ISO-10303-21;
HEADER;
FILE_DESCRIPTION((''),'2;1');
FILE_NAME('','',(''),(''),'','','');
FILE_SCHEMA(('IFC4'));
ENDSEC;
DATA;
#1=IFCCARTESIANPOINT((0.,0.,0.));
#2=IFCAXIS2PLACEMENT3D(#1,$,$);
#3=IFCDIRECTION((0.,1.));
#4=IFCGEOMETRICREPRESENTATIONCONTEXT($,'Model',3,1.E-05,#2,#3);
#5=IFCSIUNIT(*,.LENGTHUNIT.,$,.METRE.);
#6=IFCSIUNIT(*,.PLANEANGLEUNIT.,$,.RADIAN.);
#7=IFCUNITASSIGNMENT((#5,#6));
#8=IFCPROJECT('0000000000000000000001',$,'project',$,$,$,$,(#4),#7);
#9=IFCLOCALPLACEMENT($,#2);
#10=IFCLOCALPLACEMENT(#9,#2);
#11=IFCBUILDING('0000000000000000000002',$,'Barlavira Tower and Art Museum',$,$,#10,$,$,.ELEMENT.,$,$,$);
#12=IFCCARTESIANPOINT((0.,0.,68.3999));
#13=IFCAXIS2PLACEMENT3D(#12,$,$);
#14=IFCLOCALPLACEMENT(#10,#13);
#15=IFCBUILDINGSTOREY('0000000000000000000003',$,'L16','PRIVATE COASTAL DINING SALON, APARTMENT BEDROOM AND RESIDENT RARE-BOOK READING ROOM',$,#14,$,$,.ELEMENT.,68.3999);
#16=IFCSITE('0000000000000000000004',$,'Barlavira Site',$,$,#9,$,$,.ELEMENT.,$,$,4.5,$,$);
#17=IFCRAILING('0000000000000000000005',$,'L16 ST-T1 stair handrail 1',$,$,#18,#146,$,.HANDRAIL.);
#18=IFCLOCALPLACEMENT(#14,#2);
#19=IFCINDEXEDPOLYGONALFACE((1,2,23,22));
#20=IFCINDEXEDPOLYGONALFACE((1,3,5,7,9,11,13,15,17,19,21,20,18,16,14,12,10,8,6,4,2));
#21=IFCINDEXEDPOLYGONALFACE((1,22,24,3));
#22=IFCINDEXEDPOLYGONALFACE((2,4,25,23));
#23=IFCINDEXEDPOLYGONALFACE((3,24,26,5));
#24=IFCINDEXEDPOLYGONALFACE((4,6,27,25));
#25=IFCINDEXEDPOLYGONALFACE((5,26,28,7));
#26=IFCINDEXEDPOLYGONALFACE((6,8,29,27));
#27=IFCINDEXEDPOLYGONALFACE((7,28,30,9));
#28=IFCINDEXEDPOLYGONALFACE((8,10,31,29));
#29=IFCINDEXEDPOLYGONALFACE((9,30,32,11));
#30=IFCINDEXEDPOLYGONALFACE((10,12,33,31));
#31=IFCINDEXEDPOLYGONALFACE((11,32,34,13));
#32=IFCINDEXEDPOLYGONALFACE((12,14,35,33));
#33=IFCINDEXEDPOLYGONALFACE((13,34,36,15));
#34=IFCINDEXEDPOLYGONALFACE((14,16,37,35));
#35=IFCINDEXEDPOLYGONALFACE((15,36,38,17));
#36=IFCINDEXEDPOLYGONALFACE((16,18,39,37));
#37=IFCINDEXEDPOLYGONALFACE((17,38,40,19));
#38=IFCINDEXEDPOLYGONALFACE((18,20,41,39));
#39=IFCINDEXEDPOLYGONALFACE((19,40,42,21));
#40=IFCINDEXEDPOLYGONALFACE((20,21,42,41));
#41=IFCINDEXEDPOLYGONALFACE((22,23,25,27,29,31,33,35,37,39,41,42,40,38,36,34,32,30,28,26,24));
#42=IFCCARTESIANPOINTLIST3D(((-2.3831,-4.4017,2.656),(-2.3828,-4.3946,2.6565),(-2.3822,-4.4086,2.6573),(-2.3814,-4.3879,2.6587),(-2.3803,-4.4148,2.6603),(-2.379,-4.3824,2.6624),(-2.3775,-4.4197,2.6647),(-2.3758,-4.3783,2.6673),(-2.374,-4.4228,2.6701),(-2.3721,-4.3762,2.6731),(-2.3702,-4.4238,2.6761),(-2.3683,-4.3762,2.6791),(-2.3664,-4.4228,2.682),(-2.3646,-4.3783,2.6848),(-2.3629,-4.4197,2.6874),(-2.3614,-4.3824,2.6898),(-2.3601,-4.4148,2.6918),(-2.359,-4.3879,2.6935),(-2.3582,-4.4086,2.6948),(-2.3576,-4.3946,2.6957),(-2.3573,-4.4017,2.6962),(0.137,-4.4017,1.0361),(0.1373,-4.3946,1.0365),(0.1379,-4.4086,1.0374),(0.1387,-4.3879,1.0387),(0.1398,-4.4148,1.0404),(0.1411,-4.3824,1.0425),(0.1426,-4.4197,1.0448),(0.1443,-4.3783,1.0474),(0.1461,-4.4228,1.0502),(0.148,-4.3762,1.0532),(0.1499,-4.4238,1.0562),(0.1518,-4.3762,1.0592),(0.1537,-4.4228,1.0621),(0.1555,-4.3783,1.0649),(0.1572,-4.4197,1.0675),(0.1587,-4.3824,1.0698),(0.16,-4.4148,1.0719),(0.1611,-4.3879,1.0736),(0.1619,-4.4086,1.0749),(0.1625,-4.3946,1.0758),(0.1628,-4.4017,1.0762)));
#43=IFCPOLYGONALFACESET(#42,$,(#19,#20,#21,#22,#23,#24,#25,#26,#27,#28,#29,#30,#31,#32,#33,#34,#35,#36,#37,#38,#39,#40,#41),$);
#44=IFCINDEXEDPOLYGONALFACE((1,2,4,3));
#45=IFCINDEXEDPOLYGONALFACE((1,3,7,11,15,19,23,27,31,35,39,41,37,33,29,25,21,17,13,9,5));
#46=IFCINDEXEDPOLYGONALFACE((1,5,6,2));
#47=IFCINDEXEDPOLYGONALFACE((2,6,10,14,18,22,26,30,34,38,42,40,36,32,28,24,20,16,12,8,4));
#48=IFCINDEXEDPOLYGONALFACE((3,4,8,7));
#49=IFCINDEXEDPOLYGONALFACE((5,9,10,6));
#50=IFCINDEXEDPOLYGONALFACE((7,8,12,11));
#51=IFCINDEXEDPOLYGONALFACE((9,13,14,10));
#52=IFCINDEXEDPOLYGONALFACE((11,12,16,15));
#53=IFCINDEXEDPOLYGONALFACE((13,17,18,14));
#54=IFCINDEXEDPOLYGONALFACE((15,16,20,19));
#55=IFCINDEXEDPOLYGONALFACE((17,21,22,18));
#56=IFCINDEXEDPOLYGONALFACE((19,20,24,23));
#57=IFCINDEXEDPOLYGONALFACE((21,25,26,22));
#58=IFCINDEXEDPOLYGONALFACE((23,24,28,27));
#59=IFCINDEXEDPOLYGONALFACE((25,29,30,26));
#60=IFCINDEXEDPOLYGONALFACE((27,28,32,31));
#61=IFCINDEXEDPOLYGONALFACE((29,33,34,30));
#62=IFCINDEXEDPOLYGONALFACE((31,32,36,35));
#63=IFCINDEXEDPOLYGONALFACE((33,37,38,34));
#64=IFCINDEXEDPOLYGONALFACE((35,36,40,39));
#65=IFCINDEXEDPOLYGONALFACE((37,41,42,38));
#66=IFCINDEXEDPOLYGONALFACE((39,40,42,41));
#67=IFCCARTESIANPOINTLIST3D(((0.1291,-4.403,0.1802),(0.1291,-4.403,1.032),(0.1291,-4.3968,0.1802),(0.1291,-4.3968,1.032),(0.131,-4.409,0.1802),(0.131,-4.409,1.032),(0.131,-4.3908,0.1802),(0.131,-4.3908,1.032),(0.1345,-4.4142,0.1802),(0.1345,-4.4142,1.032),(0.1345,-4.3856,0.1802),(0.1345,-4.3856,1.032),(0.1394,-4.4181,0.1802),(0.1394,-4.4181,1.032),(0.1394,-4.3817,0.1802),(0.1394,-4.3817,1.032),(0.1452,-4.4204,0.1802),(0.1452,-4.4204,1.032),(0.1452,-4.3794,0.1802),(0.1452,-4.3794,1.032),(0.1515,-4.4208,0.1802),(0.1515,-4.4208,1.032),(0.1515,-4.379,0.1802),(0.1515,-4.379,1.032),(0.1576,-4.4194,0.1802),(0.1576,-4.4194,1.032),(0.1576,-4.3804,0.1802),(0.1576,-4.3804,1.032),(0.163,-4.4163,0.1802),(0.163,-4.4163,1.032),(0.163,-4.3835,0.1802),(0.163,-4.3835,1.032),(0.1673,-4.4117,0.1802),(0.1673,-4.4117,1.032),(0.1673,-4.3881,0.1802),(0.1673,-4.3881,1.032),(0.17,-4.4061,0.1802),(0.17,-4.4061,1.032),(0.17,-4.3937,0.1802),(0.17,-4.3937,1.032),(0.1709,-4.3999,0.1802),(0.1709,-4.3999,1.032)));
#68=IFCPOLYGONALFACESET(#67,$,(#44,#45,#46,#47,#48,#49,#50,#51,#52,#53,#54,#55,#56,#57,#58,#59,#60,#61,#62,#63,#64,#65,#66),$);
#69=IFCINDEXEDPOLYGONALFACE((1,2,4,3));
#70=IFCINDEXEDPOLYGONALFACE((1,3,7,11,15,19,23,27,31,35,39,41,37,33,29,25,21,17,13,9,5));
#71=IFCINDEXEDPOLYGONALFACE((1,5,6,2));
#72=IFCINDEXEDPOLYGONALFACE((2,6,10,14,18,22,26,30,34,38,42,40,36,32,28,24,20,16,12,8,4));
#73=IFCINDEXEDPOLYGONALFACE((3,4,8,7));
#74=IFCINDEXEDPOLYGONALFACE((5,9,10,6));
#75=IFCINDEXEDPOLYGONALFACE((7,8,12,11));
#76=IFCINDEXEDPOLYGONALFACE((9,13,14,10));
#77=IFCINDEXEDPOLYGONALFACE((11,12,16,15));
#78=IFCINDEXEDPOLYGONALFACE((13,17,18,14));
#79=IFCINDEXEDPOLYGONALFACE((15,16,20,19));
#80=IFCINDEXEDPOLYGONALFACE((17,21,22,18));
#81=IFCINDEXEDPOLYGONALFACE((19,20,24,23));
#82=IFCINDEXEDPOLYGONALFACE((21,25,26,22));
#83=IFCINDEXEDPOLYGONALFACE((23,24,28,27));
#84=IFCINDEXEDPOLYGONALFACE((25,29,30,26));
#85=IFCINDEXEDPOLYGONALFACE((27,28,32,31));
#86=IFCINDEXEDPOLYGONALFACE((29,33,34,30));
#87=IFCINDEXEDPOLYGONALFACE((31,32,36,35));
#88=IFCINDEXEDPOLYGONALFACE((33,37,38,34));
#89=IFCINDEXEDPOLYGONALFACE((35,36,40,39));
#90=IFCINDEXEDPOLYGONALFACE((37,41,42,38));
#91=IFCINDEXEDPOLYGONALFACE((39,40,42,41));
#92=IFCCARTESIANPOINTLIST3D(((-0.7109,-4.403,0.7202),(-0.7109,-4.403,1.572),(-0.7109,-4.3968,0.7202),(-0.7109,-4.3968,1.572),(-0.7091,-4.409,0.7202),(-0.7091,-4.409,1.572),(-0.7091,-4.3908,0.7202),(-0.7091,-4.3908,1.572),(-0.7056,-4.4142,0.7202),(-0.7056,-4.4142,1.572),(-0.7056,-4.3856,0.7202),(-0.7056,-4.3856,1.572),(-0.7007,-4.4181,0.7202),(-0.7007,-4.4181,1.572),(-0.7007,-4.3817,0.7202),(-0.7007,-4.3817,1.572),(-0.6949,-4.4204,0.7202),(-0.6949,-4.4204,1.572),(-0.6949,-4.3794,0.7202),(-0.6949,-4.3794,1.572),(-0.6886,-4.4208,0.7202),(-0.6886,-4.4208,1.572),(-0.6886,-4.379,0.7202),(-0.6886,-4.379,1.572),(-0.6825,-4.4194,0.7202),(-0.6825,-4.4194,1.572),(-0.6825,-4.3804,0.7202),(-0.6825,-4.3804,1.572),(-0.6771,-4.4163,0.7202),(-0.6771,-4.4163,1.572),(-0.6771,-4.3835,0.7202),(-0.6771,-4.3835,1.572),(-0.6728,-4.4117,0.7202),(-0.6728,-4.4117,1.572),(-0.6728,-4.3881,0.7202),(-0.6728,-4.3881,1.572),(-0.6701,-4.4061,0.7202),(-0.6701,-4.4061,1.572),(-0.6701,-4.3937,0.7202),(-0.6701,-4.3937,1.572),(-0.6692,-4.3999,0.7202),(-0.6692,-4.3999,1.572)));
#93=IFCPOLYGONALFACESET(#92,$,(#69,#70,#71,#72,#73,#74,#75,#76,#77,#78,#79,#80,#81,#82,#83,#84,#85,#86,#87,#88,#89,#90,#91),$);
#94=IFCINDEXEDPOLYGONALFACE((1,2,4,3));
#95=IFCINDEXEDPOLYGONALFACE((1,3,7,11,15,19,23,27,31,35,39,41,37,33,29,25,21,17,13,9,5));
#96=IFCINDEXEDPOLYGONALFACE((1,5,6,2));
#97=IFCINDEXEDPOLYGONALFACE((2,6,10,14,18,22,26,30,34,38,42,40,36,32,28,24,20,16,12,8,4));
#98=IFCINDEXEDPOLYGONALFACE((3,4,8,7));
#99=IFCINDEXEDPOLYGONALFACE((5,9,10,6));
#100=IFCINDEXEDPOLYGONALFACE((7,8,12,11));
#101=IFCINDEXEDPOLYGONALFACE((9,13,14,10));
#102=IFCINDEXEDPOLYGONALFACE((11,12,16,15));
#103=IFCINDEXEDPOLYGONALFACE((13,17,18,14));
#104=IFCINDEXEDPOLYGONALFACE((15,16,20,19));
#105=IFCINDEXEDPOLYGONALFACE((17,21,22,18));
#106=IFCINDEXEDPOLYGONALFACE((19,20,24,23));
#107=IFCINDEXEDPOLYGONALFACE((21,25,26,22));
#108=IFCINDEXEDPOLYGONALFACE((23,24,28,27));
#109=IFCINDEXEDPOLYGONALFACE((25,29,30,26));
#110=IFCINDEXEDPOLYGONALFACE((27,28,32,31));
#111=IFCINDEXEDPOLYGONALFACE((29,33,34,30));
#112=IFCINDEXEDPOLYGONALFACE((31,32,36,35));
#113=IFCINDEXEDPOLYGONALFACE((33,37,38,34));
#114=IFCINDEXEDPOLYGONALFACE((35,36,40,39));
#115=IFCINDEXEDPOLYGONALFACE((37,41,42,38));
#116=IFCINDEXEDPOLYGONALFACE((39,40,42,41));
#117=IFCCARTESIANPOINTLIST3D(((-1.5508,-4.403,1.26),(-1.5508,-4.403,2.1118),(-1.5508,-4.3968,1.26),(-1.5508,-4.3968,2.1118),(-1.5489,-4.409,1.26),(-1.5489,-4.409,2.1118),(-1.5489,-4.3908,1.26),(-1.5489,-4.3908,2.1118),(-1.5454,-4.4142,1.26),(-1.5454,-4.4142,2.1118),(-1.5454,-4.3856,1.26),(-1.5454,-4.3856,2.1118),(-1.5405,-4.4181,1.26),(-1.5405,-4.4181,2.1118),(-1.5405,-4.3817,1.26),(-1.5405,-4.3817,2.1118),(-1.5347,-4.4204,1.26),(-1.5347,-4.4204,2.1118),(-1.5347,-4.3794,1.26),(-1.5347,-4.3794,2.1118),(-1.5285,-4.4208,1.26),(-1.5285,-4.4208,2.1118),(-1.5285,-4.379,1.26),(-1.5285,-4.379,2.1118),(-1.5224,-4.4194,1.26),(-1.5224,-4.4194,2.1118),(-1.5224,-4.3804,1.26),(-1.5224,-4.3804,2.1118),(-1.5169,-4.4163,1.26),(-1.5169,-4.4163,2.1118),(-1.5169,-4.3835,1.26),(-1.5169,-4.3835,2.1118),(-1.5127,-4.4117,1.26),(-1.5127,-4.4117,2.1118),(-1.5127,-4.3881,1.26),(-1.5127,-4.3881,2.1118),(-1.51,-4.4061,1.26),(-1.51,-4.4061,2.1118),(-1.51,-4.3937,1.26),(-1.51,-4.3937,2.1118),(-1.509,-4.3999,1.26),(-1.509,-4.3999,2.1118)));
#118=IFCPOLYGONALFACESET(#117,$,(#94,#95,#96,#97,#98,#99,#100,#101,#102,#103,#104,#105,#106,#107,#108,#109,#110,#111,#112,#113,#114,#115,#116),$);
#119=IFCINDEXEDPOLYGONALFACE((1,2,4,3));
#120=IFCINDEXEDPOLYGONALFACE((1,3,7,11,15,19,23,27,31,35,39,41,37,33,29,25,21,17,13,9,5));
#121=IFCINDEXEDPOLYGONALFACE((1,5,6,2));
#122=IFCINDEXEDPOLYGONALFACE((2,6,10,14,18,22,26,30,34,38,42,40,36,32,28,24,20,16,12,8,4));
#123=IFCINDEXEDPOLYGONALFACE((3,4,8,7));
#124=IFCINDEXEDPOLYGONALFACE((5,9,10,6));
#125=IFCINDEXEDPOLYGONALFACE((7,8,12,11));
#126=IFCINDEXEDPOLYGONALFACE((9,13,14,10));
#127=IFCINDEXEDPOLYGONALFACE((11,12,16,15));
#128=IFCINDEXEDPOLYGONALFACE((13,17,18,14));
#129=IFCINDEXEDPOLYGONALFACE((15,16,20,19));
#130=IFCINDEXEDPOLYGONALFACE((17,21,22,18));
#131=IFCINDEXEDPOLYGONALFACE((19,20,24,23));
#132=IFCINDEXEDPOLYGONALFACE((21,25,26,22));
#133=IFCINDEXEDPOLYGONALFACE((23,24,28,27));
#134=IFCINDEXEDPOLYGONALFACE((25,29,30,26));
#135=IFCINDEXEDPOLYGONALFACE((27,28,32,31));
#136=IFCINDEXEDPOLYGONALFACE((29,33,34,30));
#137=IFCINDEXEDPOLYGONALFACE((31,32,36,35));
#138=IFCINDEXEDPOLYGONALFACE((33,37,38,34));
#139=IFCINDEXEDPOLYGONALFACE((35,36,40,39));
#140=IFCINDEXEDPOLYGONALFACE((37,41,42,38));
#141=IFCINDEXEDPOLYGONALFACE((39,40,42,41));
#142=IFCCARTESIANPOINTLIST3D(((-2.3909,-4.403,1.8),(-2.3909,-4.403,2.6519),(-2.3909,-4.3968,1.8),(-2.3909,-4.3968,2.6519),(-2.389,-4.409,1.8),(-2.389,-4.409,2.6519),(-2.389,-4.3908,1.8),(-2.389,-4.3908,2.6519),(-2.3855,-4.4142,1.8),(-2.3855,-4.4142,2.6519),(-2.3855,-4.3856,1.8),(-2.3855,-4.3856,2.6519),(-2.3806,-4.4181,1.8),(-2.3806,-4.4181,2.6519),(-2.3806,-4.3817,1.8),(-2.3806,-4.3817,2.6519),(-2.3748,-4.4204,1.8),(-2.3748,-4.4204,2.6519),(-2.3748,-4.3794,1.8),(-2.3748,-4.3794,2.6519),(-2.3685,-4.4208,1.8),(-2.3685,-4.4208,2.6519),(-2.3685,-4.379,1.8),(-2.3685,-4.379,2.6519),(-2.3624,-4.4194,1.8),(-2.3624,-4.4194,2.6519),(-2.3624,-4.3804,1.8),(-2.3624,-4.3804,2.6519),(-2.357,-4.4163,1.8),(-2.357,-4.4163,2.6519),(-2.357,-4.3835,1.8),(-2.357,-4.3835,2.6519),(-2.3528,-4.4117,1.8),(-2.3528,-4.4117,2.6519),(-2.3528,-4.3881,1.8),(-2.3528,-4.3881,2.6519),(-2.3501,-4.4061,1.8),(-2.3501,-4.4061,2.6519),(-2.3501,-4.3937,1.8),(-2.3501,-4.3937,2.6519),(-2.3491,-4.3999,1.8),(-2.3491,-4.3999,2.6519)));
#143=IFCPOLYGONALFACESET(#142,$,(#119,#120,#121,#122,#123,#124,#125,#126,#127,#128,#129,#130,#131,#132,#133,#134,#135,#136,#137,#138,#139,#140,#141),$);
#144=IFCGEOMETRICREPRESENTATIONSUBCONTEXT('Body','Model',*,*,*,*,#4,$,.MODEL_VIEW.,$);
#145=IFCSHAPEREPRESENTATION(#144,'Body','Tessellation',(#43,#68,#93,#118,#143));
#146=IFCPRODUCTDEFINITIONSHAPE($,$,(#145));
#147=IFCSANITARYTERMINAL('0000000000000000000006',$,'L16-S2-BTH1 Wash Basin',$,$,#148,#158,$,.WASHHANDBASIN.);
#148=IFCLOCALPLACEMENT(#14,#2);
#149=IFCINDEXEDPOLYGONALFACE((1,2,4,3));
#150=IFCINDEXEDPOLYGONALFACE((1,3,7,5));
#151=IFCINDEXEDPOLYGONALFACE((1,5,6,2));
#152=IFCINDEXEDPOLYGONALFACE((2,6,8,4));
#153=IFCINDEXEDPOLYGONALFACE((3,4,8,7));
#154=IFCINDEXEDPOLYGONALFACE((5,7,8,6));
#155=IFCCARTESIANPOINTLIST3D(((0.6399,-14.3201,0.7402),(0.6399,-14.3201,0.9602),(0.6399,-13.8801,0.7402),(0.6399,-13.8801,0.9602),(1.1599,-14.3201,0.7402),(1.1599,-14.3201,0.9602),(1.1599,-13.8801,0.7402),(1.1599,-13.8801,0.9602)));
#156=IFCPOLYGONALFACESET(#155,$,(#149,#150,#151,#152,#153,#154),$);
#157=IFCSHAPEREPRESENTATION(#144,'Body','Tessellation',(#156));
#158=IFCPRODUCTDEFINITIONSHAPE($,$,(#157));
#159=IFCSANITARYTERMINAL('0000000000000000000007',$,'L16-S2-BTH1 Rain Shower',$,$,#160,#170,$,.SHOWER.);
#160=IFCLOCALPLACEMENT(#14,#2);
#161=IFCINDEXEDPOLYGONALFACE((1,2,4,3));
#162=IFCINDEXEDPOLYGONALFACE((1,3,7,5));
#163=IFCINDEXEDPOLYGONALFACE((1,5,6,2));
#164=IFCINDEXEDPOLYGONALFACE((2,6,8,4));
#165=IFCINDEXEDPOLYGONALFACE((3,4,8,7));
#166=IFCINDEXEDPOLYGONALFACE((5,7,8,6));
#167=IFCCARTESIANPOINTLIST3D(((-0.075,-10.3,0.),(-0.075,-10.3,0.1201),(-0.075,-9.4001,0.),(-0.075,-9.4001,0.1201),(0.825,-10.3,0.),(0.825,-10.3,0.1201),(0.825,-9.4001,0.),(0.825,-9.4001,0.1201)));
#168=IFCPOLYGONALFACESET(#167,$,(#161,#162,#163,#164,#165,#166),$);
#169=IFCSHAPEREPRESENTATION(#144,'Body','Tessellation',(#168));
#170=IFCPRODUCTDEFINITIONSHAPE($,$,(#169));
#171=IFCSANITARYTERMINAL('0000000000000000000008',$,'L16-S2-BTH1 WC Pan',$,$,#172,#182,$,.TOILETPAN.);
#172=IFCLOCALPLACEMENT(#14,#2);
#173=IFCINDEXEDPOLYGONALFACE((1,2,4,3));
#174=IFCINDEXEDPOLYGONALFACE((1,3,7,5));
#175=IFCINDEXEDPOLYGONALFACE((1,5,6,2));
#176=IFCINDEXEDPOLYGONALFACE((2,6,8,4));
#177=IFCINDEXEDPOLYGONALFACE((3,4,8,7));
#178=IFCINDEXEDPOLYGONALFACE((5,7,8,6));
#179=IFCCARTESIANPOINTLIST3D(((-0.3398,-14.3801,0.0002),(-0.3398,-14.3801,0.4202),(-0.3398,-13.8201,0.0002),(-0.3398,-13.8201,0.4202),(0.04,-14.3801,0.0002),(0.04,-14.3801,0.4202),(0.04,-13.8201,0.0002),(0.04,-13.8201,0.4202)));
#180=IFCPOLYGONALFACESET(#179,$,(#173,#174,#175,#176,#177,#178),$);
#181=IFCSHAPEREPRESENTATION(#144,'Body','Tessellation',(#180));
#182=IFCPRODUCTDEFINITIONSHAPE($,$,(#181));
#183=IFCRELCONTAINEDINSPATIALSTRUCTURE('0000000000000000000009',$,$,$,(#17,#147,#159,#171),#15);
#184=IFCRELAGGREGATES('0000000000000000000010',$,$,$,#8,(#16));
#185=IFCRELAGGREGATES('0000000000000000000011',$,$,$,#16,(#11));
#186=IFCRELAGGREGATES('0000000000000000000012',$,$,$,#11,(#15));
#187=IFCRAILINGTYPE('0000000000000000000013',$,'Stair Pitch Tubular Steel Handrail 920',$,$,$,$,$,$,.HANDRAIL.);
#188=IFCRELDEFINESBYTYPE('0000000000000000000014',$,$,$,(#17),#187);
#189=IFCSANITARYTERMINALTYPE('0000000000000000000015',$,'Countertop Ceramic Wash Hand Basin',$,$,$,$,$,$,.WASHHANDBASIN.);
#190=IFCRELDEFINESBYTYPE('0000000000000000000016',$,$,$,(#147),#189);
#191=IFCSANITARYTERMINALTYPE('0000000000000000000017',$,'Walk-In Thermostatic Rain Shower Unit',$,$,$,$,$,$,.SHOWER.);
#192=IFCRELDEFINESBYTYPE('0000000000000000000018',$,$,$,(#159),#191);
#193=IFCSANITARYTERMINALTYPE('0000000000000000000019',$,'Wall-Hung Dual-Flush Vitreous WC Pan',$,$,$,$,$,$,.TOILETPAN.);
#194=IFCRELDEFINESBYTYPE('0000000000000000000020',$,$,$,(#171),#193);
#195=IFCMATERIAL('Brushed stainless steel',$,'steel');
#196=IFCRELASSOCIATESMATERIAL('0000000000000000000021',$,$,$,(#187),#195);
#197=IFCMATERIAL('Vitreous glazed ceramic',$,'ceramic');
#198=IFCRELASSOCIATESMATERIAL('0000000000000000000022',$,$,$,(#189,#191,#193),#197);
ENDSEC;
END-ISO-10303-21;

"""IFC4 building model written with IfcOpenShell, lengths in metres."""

from ifc_helpers import new_model, si_unit, direction, frame, origin, origin_2d, place, context, subcontext, project, spatial, rectangle, circle, extrude, material, type_object, element, save


model = new_model("IFC4")

# Units and contexts
model_context = context("Model", 3, precision=1e-05, world=origin(), true_north=direction((0.0, 1.0)))
body_context = subcontext(model_context, "Body", "Model", "MODEL_VIEW")
ifc_project = project(units=[si_unit("LENGTHUNIT", "METRE"), si_unit("PLANEANGLEUNIT", "RADIAN")], contexts=[model_context])

# Site, building, storey
site_placement = place(None, origin())
site = spatial("IfcSite", under=ifc_project, at=site_placement, Name="Barlavira Site", CompositionType="ELEMENT", RefElevation=4.5)
building_placement = place(site_placement, origin())
building = spatial("IfcBuilding", under=site, at=building_placement, Name="Barlavira Tower and Art Museum", CompositionType="ELEMENT")
storey_placement = place(building_placement, frame((0.0, 0.0, 68.3999)))
storey = spatial("IfcBuildingStorey", under=building, at=storey_placement, Name="L16", Description="PRIVATE COASTAL DINING SALON, APARTMENT BEDROOM AND RESIDENT RARE-BOOK READING ROOM", CompositionType="ELEMENT", Elevation=68.3999)

# Shared definitions
ifc_material_1 = material(Name="Brushed stainless steel", Category="steel")

# Railing
railing_type_1 = type_object("IfcRailingType", Name="Stair Pitch Tubular Steel Handrail 920", PredefinedType="HANDRAIL", material=ifc_material_1)
railing_1_placement = place(storey_placement, frame((0.1499, -4.3999, 0.1802)))
element("IfcRailing", 1, at=railing_1_placement, inside=storey, type_object=railing_type_1, Name="L16 ST-T1 stair handrail 1", PredefinedType="HANDRAIL", context=body_context, shape_type="SweptSolid", body=[
    extrude(circle(Radius=0.0239, at=origin_2d()), frame((0.0, 0.0, 0.876), z_axis=(-0.8412, 0.0, 0.540725), x_axis=(0.0, -1.0, 0.0)), (0.0, 0.0, 1.0), 2.9958),
    extrude(circle(Radius=0.021, at=origin_2d()), origin(), (0.0, 0.0, 1.0), 0.8518),
    extrude(circle(Radius=0.021, at=origin_2d()), frame((-0.8401, 0.0, 0.54)), (0.0, 0.0, 1.0), 0.8518),
    extrude(circle(Radius=0.021, at=origin_2d()), frame((-1.6799, 0.0, 1.0798)), (0.0, 0.0, 1.0), 0.8518),
    extrude(circle(Radius=0.021, at=origin_2d()), frame((-2.52, 0.0, 1.6199)), (0.0, 0.0, 1.0), 0.8518),
])

# Sanitary terminals
ifc_material_2 = material(Name="Vitreous glazed ceramic", Category="ceramic")
sanitary_terminal_type_1 = type_object("IfcSanitaryTerminalType", Name="Countertop Ceramic Wash Hand Basin", PredefinedType="WASHHANDBASIN", material=ifc_material_2)
sanitary_terminal_1_placement = place(storey_placement, frame((0.8999, -14.1001, 0.7402), z_axis=(0.0, 0.0, 1.0), x_axis=(1.0, 0.0, 0.0)))
element("IfcSanitaryTerminal", 2, at=sanitary_terminal_1_placement, inside=storey, type_object=sanitary_terminal_type_1, Name="L16-S2-BTH1 Wash Basin", PredefinedType="WASHHANDBASIN", context=body_context, shape_type="SweptSolid", body=[
    extrude(rectangle(XDim=0.52, YDim=0.4399, at=origin_2d()), origin(), (0.0, 0.0, 1.0), 0.22),
])
sanitary_terminal_type_2 = type_object("IfcSanitaryTerminalType", Name="Walk-In Thermostatic Rain Shower Unit", PredefinedType="SHOWER", material=ifc_material_2)
sanitary_terminal_2_placement = place(storey_placement, frame((0.375, -9.8501, 0.0), z_axis=(0.0, 0.0, 1.0), x_axis=(1.0, 0.0, 0.0)))
element("IfcSanitaryTerminal", 3, at=sanitary_terminal_2_placement, inside=storey, type_object=sanitary_terminal_type_2, Name="L16-S2-BTH1 Rain Shower", PredefinedType="SHOWER", context=body_context, shape_type="SweptSolid", body=[
    extrude(rectangle(XDim=0.8999, YDim=0.8999, at=origin_2d()), origin(), (0.0, 0.0, 1.0), 0.1201),
])
sanitary_terminal_type_3 = type_object("IfcSanitaryTerminalType", Name="Wall-Hung Dual-Flush Vitreous WC Pan", PredefinedType="TOILETPAN", material=ifc_material_2)
sanitary_terminal_3_placement = place(storey_placement, frame((-0.1499, -14.1001, 0.0002), z_axis=(0.0, 0.0, 1.0), x_axis=(1.0, 0.0, 0.0)))
element("IfcSanitaryTerminal", 4, at=sanitary_terminal_3_placement, inside=storey, type_object=sanitary_terminal_type_3, Name="L16-S2-BTH1 WC Pan", PredefinedType="TOILETPAN", context=body_context, shape_type="SweptSolid", body=[
    extrude(rectangle(XDim=0.3799, YDim=0.5601, at=origin_2d()), origin(), (0.0, 0.0, 1.0), 0.4199),
])

save(model, "model.ifc")
